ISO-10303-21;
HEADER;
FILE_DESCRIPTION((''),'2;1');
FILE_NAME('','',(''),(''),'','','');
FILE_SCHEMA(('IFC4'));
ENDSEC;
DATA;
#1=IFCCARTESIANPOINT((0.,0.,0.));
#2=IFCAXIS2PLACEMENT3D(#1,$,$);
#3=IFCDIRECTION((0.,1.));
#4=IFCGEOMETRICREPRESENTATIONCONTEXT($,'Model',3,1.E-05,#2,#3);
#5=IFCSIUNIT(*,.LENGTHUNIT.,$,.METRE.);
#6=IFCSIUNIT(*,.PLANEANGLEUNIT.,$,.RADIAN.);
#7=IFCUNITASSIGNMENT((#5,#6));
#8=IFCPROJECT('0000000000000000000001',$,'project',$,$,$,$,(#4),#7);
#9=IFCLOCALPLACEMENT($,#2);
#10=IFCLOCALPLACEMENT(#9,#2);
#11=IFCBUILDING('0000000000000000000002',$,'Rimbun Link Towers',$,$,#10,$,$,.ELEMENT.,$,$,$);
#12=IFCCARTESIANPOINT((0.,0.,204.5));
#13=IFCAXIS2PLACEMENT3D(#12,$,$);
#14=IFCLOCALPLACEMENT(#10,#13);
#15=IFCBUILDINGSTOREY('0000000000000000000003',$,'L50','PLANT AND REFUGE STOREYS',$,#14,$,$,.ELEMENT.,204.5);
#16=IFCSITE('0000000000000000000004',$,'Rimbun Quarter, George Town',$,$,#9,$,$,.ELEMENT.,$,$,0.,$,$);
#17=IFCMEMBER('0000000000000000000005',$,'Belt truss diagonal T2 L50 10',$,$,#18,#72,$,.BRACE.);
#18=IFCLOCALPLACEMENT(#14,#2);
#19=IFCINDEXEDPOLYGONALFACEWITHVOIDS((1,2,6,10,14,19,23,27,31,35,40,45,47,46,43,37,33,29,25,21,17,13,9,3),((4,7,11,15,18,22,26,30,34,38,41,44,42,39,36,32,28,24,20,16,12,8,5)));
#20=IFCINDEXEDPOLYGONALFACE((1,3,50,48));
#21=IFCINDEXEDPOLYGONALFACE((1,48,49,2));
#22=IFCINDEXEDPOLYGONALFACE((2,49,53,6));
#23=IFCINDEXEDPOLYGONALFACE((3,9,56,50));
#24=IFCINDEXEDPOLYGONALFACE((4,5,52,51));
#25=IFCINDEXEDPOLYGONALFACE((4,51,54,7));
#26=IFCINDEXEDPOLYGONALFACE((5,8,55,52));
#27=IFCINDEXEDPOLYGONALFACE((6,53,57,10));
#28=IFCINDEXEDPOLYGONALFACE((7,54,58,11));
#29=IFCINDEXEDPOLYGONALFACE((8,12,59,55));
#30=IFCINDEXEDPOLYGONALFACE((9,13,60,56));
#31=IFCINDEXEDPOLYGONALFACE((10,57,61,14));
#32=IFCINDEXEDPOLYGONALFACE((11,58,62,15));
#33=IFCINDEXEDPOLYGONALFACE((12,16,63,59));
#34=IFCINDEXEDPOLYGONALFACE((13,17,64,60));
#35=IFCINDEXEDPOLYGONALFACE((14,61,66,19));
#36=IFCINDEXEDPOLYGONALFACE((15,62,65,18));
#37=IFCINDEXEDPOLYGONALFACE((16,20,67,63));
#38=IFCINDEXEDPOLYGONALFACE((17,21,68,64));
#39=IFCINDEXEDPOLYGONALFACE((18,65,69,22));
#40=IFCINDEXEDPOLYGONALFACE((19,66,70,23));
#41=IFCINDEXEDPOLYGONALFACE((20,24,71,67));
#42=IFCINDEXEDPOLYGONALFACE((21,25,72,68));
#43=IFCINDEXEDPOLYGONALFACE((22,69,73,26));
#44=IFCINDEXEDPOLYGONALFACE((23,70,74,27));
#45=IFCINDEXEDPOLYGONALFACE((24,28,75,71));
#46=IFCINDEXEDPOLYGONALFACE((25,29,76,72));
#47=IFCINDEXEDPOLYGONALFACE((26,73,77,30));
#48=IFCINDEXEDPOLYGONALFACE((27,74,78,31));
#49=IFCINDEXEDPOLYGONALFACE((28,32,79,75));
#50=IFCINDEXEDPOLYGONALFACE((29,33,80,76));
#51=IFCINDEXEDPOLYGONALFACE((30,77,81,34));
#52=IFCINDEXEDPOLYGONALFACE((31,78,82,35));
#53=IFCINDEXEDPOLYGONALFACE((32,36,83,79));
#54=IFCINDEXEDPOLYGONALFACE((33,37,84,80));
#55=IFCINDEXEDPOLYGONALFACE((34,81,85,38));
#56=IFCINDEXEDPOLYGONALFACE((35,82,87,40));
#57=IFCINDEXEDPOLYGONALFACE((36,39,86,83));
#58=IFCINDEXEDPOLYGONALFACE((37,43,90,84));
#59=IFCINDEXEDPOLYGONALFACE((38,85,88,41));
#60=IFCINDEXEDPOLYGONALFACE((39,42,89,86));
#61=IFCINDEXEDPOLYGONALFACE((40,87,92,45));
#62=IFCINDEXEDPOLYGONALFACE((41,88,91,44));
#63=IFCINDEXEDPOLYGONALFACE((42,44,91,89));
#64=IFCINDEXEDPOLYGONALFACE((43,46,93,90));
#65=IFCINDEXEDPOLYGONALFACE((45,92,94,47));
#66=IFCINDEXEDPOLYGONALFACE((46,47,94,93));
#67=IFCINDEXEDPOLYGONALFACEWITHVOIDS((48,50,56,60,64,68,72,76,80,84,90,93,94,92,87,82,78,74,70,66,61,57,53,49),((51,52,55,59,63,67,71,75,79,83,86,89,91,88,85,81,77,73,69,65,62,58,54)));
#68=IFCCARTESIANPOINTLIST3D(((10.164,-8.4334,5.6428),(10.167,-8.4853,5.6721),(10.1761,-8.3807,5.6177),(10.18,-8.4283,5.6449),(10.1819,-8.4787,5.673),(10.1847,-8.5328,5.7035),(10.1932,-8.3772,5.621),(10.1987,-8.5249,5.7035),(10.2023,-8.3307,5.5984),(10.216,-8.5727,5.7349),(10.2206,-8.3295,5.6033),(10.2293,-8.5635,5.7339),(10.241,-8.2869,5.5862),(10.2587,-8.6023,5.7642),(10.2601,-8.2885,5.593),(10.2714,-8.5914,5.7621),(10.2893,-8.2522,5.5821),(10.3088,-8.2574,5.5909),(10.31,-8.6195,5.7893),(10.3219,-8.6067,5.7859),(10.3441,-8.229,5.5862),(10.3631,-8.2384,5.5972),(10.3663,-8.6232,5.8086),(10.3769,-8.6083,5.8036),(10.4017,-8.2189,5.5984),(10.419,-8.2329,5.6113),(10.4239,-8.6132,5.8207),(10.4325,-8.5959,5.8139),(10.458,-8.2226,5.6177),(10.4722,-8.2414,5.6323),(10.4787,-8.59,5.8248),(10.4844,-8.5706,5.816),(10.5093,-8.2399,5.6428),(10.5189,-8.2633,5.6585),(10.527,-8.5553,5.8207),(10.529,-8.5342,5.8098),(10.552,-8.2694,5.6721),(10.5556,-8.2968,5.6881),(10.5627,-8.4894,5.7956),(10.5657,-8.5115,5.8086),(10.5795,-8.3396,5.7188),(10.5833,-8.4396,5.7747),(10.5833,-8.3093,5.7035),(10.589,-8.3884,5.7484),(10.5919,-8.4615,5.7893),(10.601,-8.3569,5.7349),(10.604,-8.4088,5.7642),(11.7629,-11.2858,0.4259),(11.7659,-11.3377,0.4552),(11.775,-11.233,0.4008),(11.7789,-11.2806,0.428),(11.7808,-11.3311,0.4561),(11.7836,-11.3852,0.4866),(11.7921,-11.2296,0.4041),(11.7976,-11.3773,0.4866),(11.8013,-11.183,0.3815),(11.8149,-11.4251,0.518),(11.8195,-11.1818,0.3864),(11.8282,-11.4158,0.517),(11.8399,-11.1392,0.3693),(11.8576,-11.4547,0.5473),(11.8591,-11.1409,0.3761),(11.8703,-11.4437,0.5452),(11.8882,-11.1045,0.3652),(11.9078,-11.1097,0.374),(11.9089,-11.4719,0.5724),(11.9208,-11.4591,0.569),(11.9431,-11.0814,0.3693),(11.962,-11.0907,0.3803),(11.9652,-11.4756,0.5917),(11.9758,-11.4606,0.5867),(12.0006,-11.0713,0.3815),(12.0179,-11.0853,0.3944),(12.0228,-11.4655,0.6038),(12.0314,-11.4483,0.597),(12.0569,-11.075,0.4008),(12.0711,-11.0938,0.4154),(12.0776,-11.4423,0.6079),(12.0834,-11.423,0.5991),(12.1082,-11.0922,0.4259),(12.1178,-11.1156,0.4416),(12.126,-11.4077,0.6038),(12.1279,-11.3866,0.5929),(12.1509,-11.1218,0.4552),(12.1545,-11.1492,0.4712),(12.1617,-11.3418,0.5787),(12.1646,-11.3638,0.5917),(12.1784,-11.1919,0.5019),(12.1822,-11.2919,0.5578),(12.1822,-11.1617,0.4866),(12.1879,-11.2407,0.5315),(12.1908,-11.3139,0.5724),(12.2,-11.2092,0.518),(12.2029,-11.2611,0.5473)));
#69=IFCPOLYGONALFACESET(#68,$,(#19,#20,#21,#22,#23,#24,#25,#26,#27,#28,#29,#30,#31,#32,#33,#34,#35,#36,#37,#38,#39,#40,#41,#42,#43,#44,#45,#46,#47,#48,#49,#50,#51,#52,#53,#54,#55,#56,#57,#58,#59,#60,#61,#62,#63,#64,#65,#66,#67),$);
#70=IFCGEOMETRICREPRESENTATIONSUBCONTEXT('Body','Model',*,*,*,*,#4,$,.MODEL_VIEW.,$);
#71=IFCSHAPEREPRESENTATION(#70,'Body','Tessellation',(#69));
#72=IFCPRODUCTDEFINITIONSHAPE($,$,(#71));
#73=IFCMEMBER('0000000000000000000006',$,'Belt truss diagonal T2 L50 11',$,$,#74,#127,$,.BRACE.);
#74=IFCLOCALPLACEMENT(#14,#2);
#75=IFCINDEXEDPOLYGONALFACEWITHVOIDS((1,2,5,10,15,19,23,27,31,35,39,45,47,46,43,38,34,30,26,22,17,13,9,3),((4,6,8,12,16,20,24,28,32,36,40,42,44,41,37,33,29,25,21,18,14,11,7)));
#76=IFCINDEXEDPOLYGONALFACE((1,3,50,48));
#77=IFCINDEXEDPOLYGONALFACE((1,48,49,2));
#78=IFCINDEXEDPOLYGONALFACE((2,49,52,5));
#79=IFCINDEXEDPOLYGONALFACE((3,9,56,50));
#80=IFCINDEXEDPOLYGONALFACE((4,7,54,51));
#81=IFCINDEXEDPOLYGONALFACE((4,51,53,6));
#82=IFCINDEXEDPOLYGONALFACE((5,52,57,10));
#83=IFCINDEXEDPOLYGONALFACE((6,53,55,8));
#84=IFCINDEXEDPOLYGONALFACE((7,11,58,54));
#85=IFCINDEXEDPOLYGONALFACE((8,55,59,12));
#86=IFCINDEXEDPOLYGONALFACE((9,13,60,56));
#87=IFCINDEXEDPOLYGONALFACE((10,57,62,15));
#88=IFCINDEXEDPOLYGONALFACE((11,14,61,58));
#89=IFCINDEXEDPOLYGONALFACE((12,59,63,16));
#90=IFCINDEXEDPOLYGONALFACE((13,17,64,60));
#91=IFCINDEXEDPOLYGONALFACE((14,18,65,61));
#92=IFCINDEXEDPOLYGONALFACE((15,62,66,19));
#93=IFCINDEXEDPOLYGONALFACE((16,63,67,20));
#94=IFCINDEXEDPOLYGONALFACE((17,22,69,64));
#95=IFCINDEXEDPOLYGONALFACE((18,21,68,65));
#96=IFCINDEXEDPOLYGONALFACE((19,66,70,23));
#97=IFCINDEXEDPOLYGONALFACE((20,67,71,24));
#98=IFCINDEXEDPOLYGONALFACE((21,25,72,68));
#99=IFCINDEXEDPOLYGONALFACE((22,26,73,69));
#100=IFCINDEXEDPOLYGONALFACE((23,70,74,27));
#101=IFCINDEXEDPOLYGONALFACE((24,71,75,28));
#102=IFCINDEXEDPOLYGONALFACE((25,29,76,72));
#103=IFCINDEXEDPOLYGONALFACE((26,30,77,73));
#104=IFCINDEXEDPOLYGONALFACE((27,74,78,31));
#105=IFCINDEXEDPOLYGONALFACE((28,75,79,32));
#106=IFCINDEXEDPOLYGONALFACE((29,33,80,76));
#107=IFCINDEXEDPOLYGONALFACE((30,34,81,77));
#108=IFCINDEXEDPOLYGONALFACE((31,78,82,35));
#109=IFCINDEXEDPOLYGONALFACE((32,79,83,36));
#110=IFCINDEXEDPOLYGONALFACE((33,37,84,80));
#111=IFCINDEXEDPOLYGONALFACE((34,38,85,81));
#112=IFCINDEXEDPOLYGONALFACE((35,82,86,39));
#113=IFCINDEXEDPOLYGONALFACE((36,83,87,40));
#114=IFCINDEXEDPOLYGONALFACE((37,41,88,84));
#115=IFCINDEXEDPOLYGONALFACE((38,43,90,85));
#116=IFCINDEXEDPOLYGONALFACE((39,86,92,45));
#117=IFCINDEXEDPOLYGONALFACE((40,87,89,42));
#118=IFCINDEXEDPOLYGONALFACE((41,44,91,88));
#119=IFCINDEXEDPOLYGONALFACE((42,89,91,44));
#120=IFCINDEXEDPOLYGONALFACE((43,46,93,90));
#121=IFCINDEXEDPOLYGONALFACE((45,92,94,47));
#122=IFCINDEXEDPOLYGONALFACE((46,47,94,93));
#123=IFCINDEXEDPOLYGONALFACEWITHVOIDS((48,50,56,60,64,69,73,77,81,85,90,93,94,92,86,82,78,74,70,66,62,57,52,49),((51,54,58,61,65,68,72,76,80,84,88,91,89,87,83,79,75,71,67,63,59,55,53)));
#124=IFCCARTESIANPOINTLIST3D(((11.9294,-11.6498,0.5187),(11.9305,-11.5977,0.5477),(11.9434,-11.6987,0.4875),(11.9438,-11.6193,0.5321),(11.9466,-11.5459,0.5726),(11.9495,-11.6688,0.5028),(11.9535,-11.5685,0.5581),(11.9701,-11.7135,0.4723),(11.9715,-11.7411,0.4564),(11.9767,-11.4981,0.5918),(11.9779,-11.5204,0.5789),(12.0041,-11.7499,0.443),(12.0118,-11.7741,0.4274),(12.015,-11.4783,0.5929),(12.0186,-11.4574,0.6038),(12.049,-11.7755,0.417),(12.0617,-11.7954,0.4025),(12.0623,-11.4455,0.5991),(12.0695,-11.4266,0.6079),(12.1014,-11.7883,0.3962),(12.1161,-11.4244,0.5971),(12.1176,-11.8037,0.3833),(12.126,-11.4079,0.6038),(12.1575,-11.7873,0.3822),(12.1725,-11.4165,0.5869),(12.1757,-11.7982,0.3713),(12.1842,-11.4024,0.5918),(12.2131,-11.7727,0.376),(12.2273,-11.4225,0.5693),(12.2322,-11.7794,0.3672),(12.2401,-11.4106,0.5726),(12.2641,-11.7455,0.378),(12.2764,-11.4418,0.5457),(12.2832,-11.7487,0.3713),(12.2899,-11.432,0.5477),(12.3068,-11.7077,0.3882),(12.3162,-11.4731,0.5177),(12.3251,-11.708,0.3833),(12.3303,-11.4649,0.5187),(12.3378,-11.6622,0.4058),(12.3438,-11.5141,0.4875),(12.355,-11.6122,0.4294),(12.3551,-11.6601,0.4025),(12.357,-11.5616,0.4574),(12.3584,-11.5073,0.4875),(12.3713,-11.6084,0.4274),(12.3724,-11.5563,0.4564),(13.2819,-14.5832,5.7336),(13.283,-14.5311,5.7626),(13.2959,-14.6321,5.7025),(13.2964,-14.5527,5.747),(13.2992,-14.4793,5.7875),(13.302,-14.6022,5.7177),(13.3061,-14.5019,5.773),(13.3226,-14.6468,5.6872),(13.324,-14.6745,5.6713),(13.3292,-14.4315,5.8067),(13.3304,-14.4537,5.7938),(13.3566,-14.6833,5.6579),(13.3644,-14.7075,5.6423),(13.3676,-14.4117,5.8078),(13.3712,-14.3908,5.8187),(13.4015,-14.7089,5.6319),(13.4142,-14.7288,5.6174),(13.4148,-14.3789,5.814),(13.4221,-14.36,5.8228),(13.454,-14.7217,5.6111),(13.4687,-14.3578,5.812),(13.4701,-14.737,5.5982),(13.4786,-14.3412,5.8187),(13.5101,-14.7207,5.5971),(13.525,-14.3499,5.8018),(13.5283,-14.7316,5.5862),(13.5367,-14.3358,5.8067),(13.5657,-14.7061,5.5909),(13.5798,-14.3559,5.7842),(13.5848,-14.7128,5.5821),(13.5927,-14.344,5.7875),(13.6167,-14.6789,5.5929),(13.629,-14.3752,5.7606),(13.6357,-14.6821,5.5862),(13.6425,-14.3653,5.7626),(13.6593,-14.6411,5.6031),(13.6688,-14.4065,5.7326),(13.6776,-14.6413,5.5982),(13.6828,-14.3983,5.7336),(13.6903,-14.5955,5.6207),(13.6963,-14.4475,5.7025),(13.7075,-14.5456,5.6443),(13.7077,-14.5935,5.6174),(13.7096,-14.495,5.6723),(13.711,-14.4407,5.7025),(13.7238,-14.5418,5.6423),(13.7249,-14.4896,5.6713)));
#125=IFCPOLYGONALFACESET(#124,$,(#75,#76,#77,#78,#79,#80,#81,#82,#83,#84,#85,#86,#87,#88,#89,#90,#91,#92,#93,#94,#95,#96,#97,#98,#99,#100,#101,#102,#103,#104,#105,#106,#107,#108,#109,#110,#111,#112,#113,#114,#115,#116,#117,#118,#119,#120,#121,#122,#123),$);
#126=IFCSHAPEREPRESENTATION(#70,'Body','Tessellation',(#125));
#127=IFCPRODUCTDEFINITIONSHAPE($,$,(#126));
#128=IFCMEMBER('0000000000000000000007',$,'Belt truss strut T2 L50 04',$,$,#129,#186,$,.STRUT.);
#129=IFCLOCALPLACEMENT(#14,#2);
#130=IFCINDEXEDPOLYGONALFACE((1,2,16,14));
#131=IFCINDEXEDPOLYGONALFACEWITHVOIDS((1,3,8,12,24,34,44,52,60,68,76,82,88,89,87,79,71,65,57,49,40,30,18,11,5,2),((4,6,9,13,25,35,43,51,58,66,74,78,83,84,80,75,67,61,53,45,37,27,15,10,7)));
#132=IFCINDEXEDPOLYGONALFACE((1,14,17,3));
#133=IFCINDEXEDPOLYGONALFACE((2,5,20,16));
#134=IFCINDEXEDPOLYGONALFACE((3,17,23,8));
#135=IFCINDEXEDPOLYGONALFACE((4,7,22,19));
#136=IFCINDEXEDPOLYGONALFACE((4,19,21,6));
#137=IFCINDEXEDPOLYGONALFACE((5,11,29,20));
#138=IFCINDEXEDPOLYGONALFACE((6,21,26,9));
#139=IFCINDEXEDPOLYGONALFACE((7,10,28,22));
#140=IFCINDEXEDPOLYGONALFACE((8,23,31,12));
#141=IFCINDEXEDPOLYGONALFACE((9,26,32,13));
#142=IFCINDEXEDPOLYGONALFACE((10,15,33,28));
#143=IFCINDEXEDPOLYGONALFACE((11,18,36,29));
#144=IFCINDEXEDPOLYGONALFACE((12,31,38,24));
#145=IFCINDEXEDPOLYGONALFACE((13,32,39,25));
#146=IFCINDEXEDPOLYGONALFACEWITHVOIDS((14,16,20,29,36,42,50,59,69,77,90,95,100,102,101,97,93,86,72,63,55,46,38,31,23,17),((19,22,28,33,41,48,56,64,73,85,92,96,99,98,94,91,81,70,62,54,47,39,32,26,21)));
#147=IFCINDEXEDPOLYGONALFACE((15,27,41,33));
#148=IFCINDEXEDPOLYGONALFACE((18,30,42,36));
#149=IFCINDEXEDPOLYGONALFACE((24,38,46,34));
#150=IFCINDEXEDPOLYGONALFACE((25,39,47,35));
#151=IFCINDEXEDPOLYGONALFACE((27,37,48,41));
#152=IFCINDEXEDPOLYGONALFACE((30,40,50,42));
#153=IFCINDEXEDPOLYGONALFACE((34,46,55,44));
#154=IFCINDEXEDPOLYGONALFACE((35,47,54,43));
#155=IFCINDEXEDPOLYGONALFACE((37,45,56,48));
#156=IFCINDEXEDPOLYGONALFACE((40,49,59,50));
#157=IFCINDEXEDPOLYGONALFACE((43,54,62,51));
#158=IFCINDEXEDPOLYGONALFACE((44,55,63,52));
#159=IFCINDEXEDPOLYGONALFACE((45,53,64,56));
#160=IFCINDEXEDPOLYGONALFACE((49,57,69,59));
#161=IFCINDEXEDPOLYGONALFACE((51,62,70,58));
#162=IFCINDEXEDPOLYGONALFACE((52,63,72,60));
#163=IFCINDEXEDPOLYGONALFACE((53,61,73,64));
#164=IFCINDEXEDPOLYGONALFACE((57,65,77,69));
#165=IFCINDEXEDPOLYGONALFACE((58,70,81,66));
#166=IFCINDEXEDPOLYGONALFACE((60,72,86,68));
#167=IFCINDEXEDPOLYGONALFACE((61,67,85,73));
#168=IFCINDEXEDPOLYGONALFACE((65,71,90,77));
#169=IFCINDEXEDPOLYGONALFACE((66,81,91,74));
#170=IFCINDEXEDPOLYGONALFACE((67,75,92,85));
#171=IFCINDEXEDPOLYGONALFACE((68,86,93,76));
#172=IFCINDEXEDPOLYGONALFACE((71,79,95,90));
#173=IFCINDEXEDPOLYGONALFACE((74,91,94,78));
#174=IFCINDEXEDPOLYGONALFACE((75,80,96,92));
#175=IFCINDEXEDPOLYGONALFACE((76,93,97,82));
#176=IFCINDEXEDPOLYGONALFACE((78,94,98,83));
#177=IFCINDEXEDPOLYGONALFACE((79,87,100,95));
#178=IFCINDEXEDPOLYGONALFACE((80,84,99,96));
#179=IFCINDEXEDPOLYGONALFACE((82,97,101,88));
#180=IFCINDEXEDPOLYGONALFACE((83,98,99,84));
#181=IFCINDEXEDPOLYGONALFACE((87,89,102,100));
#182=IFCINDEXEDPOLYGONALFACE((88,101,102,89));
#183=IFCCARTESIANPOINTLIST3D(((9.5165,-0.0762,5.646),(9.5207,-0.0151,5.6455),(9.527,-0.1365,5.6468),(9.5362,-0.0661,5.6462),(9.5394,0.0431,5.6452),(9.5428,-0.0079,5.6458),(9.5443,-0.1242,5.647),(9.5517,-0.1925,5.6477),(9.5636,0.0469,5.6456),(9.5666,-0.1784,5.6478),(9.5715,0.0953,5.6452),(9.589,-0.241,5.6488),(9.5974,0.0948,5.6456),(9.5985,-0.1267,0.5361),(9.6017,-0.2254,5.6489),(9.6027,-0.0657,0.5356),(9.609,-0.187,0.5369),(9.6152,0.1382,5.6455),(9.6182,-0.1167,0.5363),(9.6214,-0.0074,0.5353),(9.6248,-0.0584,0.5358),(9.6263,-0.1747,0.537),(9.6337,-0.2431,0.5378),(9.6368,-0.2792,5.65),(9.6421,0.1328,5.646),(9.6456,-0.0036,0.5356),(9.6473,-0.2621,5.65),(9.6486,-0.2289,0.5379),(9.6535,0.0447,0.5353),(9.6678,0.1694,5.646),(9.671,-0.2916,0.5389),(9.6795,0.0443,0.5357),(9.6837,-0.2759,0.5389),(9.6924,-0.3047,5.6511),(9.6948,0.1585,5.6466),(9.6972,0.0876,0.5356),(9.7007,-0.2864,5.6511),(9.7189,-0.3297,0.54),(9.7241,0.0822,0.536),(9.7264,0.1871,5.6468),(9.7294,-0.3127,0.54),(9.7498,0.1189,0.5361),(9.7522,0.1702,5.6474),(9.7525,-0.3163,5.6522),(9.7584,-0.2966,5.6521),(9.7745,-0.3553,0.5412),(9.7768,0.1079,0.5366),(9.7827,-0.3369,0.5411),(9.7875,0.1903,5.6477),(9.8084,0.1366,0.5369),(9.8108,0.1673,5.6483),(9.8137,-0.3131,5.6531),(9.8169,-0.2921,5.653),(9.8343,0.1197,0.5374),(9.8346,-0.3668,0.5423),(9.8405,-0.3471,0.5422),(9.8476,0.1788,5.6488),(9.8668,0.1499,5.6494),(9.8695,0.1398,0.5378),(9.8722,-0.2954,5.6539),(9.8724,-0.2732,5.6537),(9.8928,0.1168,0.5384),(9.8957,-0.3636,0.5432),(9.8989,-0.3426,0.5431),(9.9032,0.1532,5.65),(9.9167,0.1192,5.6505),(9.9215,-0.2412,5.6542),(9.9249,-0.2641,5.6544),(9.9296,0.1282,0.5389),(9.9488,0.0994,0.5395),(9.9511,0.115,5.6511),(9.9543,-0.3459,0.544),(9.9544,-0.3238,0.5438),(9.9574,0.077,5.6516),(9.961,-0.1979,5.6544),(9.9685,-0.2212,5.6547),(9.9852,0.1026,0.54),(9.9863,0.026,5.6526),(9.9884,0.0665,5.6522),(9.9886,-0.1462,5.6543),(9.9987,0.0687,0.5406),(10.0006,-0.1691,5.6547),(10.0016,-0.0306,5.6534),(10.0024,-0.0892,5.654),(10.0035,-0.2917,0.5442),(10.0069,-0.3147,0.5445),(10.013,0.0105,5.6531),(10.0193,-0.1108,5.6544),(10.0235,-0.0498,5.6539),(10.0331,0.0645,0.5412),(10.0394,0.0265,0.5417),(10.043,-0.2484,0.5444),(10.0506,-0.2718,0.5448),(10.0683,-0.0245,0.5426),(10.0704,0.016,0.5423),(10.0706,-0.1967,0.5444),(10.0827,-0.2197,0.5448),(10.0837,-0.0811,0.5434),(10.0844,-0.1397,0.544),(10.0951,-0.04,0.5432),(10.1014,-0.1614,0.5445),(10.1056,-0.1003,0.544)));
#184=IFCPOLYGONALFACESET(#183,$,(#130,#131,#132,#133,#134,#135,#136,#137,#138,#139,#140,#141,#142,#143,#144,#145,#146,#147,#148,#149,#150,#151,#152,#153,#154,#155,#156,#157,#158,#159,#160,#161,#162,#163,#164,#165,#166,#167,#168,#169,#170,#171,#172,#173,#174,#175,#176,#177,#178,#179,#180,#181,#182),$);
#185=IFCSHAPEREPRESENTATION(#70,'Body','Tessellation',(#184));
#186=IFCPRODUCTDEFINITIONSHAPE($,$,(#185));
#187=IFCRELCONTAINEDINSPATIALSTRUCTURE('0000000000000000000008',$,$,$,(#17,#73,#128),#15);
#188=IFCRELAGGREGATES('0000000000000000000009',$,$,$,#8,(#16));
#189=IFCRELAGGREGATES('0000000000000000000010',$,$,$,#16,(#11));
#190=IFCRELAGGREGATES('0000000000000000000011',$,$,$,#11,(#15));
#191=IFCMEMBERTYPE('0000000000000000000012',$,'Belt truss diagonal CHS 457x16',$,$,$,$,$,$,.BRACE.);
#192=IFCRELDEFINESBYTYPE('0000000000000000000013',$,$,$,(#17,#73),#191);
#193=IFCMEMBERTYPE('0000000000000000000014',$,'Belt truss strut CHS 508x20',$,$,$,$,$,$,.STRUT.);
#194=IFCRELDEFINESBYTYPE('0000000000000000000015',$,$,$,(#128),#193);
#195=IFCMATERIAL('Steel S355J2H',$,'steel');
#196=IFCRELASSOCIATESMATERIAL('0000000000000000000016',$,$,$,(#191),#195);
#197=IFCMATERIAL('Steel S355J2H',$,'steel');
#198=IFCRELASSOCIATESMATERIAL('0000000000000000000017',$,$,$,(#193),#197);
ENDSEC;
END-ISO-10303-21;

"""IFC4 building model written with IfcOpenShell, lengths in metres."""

from ifc_helpers import new_model, si_unit, direction, frame, origin, origin_2d, place, context, subcontext, project, spatial, hollow_circle, extrude, material, material_profile, profile_set, type_object, element, save


model = new_model("IFC4")

# Units and contexts
model_context = context("Model", 3, precision=1e-05, world=origin(), true_north=direction((0.0, 1.0)))
body_context = subcontext(model_context, "Body", "Model", "MODEL_VIEW")
ifc_project = project(units=[si_unit("LENGTHUNIT", "METRE"), si_unit("PLANEANGLEUNIT", "RADIAN")], contexts=[model_context])

# Site, building, storey
site_placement = place(None, origin())
site = spatial("IfcSite", under=ifc_project, at=site_placement, Name="Rimbun Quarter, George Town", CompositionType="ELEMENT", RefElevation=0.0)
building_placement = place(site_placement, origin())
building = spatial("IfcBuilding", under=site, at=building_placement, Name="Rimbun Link Towers", CompositionType="ELEMENT")
storey_placement = place(building_placement, frame((0.0, 0.0, 204.5)))
storey = spatial("IfcBuildingStorey", under=building, at=storey_placement, Name="L50", Description="PLANT AND REFUGE STOREYS", CompositionType="ELEMENT", Elevation=204.5)

# Members
ifc_material_1 = material(Name="Steel S355J2H", Category="steel")
ifc_material_profile_1 = material_profile(ifc_material_1, hollow_circle(Radius=0.2285, WallThickness=0.0161, at=origin_2d()), Name="Belt truss diagonal CHS 457x16")
ifc_profile_set_1 = profile_set([ifc_material_profile_1], Name="Steel S355J2H")
member_type_1 = type_object("IfcMemberType", Name="Belt truss diagonal CHS 457x16", PredefinedType="BRACE", material=ifc_profile_set_1)
member_1_placement = place(storey_placement, frame((11.9829, -11.2734, 0.4866), z_axis=(-0.25969, 0.463271, 0.847314), x_axis=(-0.872298, -0.488974, 0.0)))
element("IfcMember", 1, at=member_1_placement, inside=storey, type_object=member_type_1, Name="Belt truss diagonal T2 L50 10", PredefinedType="BRACE", context=body_context, shape_type="SweptSolid", body=[
    extrude(hollow_circle(Radius=0.2285, WallThickness=0.0161, at=origin_2d()), origin(), (0.0, 0.0, 1.0), 6.157),
])
member_2_placement = place(storey_placement, frame((12.1509, -11.603, 0.4875), z_axis=(0.220491, -0.478195, 0.850125), x_axis=(0.908114, 0.418723, 0.0)))
element("IfcMember", 2, at=member_2_placement, inside=storey, type_object=member_type_1, Name="Belt truss diagonal T2 L50 11", PredefinedType="BRACE", context=body_context, shape_type="SweptSolid", body=[
    extrude(hollow_circle(Radius=0.2285, WallThickness=0.0161, at=origin_2d()), origin(), (0.0, 0.0, 1.0), 6.1343),
])
ifc_material_2 = material(Name="Steel S355J2H", Category="steel")
ifc_material_profile_2 = material_profile(ifc_material_2, hollow_circle(Radius=0.2539, WallThickness=0.02, at=origin_2d()), Name="Belt truss strut CHS 508x20")
ifc_profile_set_2 = profile_set([ifc_material_profile_2], Name="Steel S355J2H")
member_type_2 = type_object("IfcMemberType", Name="Belt truss strut CHS 508x20", PredefinedType="STRUT", material=ifc_profile_set_2)
member_3_placement = place(storey_placement, frame((9.8521, -0.1135, 0.54), z_axis=(-0.016051, 0.009888, 0.999822), x_axis=(-0.524521, -0.851397, 0.0)))
element("IfcMember", 3, at=member_3_placement, inside=storey, type_object=member_type_2, Name="Belt truss strut T2 L50 04", PredefinedType="STRUT", context=body_context, shape_type="SweptSolid", body=[
    extrude(hollow_circle(Radius=0.2539, WallThickness=0.02, at=origin_2d()), origin(), (0.0, 0.0, 1.0), 5.1108),
])

save(model, "model.ifc")
